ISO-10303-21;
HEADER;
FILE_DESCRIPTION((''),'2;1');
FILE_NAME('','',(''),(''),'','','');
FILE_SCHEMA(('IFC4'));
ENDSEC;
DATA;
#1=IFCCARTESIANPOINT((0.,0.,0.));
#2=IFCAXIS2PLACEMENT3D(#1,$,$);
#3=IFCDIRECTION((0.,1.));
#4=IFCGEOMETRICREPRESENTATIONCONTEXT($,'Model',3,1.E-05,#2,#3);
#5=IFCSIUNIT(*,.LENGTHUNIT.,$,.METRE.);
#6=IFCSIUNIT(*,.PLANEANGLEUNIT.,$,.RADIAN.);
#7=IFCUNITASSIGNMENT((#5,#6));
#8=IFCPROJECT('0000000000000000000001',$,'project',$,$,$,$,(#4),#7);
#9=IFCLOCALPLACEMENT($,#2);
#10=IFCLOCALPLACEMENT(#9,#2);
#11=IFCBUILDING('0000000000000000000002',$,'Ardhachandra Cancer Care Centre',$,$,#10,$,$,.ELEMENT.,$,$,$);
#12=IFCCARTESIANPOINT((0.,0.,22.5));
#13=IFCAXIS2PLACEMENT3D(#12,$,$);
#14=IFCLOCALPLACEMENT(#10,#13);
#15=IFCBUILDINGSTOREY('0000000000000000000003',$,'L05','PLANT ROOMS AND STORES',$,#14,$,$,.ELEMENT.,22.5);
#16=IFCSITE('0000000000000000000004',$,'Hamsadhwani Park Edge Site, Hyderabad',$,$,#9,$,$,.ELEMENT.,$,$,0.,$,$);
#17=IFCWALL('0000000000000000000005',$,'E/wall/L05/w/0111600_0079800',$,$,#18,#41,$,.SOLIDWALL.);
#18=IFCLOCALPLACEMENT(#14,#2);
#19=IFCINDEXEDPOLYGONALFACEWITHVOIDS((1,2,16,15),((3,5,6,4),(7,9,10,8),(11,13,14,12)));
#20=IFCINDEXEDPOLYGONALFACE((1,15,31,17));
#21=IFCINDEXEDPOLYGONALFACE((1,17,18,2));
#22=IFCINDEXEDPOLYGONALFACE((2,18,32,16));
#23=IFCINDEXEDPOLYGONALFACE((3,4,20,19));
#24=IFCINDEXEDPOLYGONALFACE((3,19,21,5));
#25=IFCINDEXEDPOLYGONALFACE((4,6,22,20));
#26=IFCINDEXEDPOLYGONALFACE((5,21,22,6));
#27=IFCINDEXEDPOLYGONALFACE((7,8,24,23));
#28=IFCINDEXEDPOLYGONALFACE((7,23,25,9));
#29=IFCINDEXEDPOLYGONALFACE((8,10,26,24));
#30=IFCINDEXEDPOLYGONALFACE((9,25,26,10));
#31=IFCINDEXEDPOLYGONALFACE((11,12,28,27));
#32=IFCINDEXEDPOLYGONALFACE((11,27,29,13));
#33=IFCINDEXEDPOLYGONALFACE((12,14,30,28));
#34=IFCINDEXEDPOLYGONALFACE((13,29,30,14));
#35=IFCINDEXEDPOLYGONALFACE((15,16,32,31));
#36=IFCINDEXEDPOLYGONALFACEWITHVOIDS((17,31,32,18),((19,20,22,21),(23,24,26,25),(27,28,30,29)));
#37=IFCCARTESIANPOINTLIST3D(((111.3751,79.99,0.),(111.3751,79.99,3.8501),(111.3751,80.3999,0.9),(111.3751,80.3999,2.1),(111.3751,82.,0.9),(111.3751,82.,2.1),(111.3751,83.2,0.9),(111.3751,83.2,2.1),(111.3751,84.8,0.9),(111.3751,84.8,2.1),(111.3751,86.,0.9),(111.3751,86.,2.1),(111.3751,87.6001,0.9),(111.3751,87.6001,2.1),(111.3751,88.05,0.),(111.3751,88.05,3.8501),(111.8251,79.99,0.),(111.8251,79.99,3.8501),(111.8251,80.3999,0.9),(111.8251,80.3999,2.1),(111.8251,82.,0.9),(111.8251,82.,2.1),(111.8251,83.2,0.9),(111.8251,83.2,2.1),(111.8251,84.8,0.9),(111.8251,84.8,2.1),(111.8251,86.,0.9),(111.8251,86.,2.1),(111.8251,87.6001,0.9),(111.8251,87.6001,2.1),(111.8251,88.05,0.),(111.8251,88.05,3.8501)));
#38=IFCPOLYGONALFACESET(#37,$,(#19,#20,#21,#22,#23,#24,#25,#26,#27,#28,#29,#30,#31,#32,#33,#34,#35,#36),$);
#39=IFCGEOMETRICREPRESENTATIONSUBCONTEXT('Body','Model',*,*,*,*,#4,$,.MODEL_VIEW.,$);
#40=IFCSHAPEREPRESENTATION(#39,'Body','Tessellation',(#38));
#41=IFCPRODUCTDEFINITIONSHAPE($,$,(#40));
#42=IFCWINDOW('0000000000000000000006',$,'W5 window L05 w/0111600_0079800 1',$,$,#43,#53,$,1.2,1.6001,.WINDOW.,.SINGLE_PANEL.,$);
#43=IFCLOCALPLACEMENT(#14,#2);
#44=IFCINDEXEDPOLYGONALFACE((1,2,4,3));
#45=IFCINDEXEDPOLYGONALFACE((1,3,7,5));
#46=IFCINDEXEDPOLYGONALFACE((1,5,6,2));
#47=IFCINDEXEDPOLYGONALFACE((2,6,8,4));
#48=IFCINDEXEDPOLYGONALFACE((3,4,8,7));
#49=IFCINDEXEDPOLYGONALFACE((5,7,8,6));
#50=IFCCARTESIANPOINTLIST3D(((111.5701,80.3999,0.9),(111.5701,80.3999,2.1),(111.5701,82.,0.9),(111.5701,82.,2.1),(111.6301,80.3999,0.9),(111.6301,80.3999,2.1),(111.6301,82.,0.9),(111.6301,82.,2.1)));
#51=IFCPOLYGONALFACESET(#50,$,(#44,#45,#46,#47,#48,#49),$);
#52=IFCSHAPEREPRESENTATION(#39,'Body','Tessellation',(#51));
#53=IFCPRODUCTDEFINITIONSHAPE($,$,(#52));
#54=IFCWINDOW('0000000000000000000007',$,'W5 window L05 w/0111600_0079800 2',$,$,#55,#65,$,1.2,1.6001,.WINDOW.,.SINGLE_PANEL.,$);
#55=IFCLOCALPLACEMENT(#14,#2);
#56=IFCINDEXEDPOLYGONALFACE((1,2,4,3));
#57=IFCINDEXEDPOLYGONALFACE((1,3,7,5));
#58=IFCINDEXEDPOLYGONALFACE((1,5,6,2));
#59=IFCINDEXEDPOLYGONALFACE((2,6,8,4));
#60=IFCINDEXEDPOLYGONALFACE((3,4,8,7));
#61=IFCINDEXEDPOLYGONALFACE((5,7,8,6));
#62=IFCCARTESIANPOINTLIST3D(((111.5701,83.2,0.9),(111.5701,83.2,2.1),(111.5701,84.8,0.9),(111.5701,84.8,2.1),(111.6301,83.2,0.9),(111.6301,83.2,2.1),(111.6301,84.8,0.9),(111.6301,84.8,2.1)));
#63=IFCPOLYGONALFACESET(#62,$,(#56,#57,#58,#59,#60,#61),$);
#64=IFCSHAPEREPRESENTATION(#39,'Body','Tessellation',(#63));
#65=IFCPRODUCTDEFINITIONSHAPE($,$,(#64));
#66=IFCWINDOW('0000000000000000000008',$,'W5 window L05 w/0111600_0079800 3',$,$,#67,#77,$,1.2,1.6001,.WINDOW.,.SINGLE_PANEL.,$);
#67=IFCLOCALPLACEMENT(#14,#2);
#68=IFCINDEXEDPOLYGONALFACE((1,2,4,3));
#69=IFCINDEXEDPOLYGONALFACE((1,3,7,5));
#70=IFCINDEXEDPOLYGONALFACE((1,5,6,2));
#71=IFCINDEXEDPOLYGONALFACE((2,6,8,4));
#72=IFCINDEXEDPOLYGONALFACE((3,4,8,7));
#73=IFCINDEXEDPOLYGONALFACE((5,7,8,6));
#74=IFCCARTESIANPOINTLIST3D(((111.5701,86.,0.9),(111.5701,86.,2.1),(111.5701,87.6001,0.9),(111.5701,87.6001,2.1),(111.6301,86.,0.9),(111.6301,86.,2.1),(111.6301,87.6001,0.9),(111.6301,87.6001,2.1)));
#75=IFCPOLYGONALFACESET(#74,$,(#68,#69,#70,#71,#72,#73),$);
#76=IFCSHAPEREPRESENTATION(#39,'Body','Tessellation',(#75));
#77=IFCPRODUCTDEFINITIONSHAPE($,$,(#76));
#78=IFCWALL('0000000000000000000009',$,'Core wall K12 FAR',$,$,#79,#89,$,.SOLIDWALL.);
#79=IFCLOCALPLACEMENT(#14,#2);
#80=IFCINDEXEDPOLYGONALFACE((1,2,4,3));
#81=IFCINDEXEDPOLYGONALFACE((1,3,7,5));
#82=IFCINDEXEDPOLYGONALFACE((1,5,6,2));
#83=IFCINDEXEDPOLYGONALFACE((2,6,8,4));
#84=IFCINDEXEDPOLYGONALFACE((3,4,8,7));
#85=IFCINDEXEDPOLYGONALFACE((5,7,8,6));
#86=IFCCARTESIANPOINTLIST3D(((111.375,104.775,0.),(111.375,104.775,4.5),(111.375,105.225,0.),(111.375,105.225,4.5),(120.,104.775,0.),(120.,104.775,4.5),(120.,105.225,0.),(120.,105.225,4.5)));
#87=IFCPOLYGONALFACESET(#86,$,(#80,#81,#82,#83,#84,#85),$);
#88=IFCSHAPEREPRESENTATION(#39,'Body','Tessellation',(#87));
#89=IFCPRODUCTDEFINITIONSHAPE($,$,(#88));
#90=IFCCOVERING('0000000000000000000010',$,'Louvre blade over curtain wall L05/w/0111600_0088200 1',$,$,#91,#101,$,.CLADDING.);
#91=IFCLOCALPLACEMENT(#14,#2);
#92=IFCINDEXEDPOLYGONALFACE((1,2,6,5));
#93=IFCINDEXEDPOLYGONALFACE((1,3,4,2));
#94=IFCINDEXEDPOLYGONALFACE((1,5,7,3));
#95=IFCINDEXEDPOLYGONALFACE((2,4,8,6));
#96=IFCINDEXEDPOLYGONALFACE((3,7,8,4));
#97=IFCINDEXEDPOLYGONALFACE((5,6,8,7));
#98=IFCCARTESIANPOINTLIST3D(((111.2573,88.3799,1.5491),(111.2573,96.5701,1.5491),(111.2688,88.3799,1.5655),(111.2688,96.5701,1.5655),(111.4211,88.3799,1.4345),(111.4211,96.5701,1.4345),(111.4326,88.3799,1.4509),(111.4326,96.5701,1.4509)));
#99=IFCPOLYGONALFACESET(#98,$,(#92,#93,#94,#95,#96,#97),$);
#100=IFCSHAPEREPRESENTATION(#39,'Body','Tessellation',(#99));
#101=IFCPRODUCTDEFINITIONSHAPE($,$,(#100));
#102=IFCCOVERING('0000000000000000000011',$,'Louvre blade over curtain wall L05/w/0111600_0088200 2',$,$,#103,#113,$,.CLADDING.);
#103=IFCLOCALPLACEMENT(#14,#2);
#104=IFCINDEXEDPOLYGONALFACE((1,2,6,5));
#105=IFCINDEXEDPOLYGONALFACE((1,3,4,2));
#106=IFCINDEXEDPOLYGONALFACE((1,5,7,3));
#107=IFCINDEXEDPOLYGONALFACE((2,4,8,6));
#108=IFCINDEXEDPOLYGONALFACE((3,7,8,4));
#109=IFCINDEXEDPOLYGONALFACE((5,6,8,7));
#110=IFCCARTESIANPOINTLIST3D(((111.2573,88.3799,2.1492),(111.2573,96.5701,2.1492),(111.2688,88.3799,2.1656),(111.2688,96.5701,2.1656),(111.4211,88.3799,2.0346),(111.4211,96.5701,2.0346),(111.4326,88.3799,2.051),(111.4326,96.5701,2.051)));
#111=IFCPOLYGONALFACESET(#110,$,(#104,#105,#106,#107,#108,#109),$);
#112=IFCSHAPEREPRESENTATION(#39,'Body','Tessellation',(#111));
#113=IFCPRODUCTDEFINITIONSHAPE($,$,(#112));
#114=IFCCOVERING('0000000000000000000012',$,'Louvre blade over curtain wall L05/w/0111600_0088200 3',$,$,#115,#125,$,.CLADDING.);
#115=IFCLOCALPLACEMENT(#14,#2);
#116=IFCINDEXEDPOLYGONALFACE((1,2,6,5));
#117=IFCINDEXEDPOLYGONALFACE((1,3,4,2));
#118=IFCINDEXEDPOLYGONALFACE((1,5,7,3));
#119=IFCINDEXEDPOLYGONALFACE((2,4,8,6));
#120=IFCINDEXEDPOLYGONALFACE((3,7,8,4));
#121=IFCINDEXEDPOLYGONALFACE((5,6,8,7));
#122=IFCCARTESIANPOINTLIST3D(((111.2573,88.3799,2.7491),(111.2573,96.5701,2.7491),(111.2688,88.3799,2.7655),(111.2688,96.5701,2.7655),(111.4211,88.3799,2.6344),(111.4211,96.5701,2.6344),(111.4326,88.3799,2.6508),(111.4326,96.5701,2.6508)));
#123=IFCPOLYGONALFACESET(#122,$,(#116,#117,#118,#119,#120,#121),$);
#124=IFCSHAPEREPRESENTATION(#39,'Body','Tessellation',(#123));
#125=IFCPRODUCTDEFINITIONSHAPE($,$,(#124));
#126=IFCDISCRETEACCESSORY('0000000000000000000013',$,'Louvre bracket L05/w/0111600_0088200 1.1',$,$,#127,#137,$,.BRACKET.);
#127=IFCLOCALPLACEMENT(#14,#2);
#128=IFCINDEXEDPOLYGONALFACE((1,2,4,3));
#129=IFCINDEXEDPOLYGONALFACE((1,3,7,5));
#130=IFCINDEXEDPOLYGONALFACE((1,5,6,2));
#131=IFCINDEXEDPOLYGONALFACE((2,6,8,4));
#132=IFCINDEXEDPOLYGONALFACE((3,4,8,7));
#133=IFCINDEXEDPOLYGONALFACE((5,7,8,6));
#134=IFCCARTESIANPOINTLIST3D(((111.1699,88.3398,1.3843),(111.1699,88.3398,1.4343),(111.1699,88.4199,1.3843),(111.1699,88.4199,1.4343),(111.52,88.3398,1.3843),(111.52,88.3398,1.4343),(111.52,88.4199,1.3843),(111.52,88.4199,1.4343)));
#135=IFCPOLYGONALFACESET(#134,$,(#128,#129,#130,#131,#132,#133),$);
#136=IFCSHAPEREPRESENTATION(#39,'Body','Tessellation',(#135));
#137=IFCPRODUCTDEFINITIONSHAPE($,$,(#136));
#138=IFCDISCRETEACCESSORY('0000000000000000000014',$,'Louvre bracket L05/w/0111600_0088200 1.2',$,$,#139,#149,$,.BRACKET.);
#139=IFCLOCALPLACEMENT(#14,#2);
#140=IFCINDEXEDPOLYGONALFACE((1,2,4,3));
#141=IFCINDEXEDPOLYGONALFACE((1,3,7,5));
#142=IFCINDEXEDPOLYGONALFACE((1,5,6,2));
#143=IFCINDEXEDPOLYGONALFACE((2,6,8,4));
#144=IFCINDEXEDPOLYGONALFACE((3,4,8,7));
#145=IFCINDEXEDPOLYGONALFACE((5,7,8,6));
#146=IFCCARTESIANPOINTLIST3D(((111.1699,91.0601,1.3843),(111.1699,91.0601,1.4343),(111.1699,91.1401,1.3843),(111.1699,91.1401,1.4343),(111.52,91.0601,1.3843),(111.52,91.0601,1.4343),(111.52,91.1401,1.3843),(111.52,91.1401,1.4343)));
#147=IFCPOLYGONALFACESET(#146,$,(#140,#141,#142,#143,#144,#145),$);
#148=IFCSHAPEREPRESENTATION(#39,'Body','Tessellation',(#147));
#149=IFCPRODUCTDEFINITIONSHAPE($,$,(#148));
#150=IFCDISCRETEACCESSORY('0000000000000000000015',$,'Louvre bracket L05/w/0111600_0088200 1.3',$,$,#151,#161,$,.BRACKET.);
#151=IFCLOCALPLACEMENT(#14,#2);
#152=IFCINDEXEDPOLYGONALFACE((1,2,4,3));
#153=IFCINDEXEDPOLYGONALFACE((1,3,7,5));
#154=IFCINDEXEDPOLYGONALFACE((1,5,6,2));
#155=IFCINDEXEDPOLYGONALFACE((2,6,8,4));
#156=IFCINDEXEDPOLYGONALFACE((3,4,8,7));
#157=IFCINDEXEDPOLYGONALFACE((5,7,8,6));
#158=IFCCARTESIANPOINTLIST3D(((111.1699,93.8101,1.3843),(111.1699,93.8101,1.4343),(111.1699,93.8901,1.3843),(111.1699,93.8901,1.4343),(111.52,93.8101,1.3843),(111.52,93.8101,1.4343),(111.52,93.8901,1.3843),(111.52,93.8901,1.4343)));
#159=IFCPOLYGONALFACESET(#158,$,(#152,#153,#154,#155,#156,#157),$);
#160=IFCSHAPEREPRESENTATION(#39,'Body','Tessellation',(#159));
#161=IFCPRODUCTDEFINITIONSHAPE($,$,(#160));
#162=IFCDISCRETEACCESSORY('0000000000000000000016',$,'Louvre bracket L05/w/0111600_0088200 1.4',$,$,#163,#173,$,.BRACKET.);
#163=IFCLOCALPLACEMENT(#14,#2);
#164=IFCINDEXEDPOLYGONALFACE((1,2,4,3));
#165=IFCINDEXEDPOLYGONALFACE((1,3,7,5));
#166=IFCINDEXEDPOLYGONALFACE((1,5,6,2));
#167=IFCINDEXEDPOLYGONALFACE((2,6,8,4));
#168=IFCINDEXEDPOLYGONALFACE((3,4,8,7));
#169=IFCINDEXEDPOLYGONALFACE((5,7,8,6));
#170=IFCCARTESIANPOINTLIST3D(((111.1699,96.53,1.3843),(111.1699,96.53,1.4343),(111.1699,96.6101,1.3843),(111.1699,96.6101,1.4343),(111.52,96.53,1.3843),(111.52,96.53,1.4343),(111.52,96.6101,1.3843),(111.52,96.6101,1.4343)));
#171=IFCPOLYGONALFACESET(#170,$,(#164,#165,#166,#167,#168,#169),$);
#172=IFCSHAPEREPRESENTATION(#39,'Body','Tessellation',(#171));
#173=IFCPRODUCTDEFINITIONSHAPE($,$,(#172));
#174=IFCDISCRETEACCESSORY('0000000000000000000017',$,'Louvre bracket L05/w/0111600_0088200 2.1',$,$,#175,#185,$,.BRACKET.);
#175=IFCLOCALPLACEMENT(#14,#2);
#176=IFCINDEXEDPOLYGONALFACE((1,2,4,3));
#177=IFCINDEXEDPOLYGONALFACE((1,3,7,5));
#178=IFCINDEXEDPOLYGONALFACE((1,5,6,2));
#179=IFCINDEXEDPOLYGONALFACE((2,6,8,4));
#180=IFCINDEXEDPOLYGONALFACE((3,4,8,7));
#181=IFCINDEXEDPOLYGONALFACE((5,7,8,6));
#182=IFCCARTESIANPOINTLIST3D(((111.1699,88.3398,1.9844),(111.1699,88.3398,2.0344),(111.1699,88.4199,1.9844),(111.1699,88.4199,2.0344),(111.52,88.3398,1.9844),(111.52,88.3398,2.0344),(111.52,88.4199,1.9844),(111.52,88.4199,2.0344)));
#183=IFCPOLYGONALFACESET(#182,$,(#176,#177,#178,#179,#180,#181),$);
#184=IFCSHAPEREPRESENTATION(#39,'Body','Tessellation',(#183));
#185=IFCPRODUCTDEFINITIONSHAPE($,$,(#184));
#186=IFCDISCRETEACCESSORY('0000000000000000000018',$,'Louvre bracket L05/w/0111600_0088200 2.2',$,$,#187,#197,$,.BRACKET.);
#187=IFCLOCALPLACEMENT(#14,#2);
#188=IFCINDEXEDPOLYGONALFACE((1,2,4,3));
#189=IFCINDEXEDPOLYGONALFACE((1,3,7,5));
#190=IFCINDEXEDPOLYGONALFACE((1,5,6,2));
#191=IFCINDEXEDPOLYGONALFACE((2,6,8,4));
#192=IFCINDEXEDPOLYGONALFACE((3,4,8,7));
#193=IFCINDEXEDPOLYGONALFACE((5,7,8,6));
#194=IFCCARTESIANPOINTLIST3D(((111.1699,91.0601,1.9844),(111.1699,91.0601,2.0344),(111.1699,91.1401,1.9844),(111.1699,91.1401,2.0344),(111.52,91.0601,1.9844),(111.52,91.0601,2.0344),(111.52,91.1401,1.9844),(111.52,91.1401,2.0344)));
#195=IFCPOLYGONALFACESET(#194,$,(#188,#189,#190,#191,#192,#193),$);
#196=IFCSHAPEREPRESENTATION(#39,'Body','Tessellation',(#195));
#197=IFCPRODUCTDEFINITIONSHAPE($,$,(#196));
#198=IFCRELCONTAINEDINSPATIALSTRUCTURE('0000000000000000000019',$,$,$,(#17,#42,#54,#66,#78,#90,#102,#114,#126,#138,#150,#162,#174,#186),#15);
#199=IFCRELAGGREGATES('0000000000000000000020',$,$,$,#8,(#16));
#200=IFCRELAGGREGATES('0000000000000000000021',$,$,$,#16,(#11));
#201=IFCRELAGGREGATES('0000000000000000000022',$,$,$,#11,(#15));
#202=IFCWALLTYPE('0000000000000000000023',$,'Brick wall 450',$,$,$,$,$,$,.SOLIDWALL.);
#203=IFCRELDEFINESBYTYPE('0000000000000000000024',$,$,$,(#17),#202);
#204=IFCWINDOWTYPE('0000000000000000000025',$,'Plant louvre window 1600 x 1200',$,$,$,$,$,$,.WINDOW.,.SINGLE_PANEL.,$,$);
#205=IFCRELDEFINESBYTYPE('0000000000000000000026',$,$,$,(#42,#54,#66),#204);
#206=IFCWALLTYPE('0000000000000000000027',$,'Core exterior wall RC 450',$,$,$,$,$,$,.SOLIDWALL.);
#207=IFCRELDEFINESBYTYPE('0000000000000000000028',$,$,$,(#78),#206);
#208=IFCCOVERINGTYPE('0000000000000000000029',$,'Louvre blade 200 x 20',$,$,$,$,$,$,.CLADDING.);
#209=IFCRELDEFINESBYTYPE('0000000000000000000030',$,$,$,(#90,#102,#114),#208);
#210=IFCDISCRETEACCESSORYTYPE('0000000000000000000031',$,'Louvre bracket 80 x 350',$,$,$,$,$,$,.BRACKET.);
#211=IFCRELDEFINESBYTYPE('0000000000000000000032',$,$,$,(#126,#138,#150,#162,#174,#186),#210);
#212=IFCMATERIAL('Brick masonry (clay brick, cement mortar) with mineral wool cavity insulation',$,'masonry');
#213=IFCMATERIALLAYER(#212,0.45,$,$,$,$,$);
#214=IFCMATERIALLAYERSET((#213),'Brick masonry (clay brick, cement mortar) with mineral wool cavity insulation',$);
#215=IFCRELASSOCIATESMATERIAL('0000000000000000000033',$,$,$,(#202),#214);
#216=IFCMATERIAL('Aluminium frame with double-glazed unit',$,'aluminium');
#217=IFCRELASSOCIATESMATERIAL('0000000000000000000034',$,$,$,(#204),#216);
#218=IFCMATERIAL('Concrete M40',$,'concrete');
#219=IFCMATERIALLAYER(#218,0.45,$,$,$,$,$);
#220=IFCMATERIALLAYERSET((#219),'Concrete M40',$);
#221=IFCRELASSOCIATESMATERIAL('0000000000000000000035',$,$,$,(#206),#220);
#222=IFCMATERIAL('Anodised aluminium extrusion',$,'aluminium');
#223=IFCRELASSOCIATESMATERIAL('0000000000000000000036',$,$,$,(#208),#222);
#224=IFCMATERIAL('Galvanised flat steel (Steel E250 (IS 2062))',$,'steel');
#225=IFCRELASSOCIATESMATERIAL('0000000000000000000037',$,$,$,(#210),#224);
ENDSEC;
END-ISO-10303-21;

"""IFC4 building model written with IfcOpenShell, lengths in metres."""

from ifc_helpers import new_model, si_unit, direction, frame, frame_2d, origin, origin_2d, place, context, subcontext, project, spatial, rectangle, extrude, material, layer, layer_set, material_profile, profile_set, type_object, element, fill, save


model = new_model("IFC4")

# Units and contexts
model_context = context("Model", 3, precision=1e-05, world=origin(), true_north=direction((0.0, 1.0)))
body_context = subcontext(model_context, "Body", "Model", "MODEL_VIEW")
ifc_project = project(units=[si_unit("LENGTHUNIT", "METRE"), si_unit("PLANEANGLEUNIT", "RADIAN")], contexts=[model_context])

# Site, building, storey
site_placement = place(None, origin())
site = spatial("IfcSite", under=ifc_project, at=site_placement, Name="Hamsadhwani Park Edge Site, Hyderabad", CompositionType="ELEMENT", RefElevation=0.0)
building_placement = place(site_placement, origin())
building = spatial("IfcBuilding", under=site, at=building_placement, Name="Ardhachandra Cancer Care Centre", CompositionType="ELEMENT")
storey_placement = place(building_placement, frame((0.0, 0.0, 22.5)))
storey = spatial("IfcBuildingStorey", under=building, at=storey_placement, Name="L05", Description="PLANT ROOMS AND STORES", CompositionType="ELEMENT", Elevation=22.5)

# Wall, openings, windows
ifc_material_1 = material(Name="Brick masonry (clay brick, cement mortar) with mineral wool cavity insulation", Category="masonry")
ifc_layer_1 = layer(ifc_material_1, 0.45)
ifc_layer_set_1 = layer_set([ifc_layer_1], Name="Brick masonry (clay brick, cement mortar) with mineral wool cavity insulation")
wall_type_1 = type_object("IfcWallType", Name="Brick wall 450", PredefinedType="SOLIDWALL", material=ifc_layer_set_1)
wall_1_placement = place(storey_placement, frame((111.6001, 79.99, 0.0), z_axis=(0.0, 0.0, 1.0), x_axis=(0.0, 1.0, 0.0)))
wall_1 = element("IfcWall", 1, at=wall_1_placement, inside=storey, type_object=wall_type_1, Name="E/wall/L05/w/0111600_0079800", PredefinedType="SOLIDWALL", context=body_context, shape_type="SweptSolid", body=[
    extrude(rectangle(XDim=8.0601, YDim=0.45, at=frame_2d((4.03, 0.0))), origin(), (0.0, 0.0, 1.0), 3.8501),
])
opening_1_placement = place(wall_1_placement, frame((0.4099, 0.0, 0.8999)))
opening_1 = element("IfcOpeningElement", 2, at=opening_1_placement, cuts=wall_1, PredefinedType="OPENING", context=body_context, shape_type="SweptSolid", body=[
    extrude(rectangle(XDim=1.6001, YDim=1.2, at=frame_2d((0.8, 0.6001))), frame((0.0, 0.2349, 0.0), z_axis=(0.0, -1.0, 0.0), x_axis=(1.0, 0.0, 0.0)), (0.0, 0.0, 1.0), 0.47),
])
opening_2_placement = place(wall_1_placement, frame((3.21, 0.0, 0.8999)))
opening_2 = element("IfcOpeningElement", 3, at=opening_2_placement, cuts=wall_1, PredefinedType="OPENING", context=body_context, shape_type="SweptSolid", body=[
    extrude(rectangle(XDim=1.6001, YDim=1.2, at=frame_2d((0.8, 0.6001))), frame((0.0, 0.2349, 0.0), z_axis=(0.0, -1.0, 0.0), x_axis=(1.0, 0.0, 0.0)), (0.0, 0.0, 1.0), 0.47),
])
opening_3_placement = place(wall_1_placement, frame((6.01, 0.0, 0.8999)))
opening_3 = element("IfcOpeningElement", 4, at=opening_3_placement, cuts=wall_1, PredefinedType="OPENING", context=body_context, shape_type="SweptSolid", body=[
    extrude(rectangle(XDim=1.6001, YDim=1.2, at=frame_2d((0.8, 0.6001))), frame((0.0, 0.2349, 0.0), z_axis=(0.0, -1.0, 0.0), x_axis=(1.0, 0.0, 0.0)), (0.0, 0.0, 1.0), 0.47),
])
ifc_material_2 = material(Name="Aluminium frame with double-glazed unit", Category="aluminium")
window_type = type_object("IfcWindowType", Name="Plant louvre window 1600 x 1200", PartitioningType="SINGLE_PANEL", PredefinedType="WINDOW", material=ifc_material_2)
window_1_placement = place(opening_1_placement, origin())
window_1 = element("IfcWindow", 5, at=window_1_placement, inside=storey, type_object=window_type, Name="W5 window L05 w/0111600_0079800 1", OverallHeight=1.2, OverallWidth=1.6001, PartitioningType="SINGLE_PANEL", PredefinedType="WINDOW", context=body_context, shape_type="SweptSolid", body=[
    extrude(rectangle(XDim=1.6001, YDim=1.2, at=frame_2d((0.8, 0.6001))), frame((0.0, 0.03, 0.0), z_axis=(0.0, -1.0, 0.0), x_axis=(1.0, 0.0, 0.0)), (0.0, 0.0, 1.0), 0.0601),
])
fill(opening_1, window_1)
window_2_placement = place(opening_2_placement, origin())
window_2 = element("IfcWindow", 6, at=window_2_placement, inside=storey, type_object=window_type, Name="W5 window L05 w/0111600_0079800 2", OverallHeight=1.2, OverallWidth=1.6001, PartitioningType="SINGLE_PANEL", PredefinedType="WINDOW", context=body_context, shape_type="SweptSolid", body=[
    extrude(rectangle(XDim=1.6001, YDim=1.2, at=frame_2d((0.8, 0.6001))), frame((0.0, 0.03, 0.0), z_axis=(0.0, -1.0, 0.0), x_axis=(1.0, 0.0, 0.0)), (0.0, 0.0, 1.0), 0.0601),
])
fill(opening_2, window_2)
window_3_placement = place(opening_3_placement, origin())
window_3 = element("IfcWindow", 7, at=window_3_placement, inside=storey, type_object=window_type, Name="W5 window L05 w/0111600_0079800 3", OverallHeight=1.2, OverallWidth=1.6001, PartitioningType="SINGLE_PANEL", PredefinedType="WINDOW", context=body_context, shape_type="SweptSolid", body=[
    extrude(rectangle(XDim=1.6001, YDim=1.2, at=frame_2d((0.8, 0.6001))), frame((0.0, 0.03, 0.0), z_axis=(0.0, -1.0, 0.0), x_axis=(1.0, 0.0, 0.0)), (0.0, 0.0, 1.0), 0.0601),
])
fill(opening_3, window_3)

# Wall
ifc_material_3 = material(Name="Concrete M40", Category="concrete")
ifc_layer_2 = layer(ifc_material_3, 0.45)
ifc_layer_set_2 = layer_set([ifc_layer_2], Name="Concrete M40")
wall_type_2 = type_object("IfcWallType", Name="Core exterior wall RC 450", PredefinedType="SOLIDWALL", material=ifc_layer_set_2)
wall_2_placement = place(storey_placement, frame((111.375, 105.0, 0.0), z_axis=(0.0, 0.0, 1.0), x_axis=(1.0, 0.0, 0.0)))
element("IfcWall", 8, at=wall_2_placement, inside=storey, type_object=wall_type_2, Name="Core wall K12 FAR", PredefinedType="SOLIDWALL", context=body_context, shape_type="SweptSolid", body=[
    extrude(rectangle(XDim=8.625, YDim=0.45, at=frame_2d((4.3125, 0.0))), origin(), (0.0, 0.0, 1.0), 4.5),
])

# Coverings
ifc_material_4 = material(Name="Anodised aluminium extrusion", Category="aluminium")
ifc_material_profile_1 = material_profile(ifc_material_4, rectangle(XDim=0.2, YDim=0.02, at=origin_2d()), Name="Louvre blade 200 x 20")
ifc_profile_set_1 = profile_set([ifc_material_profile_1], Name="Anodised aluminium extrusion")
covering_type = type_object("IfcCoveringType", Name="Louvre blade 200 x 20", PredefinedType="CLADDING", material=ifc_profile_set_1)
for number, where, z_axis, x_axis, name in (
    (9, (111.345, 88.3799, 1.5), (0.0, 1.0, 0.0), (-0.819152, 0.0, 0.573576), "Louvre blade over curtain wall L05/w/0111600_0088200 1"),
    (10, (111.345, 88.3799, 2.1001), (0.0, 1.0, 0.0), (-0.819152, 0.0, 0.573576), "Louvre blade over curtain wall L05/w/0111600_0088200 2"),
    (11, (111.345, 88.3799, 2.7), (0.0, 1.0, 0.0), (-0.819152, 0.0, 0.573576), "Louvre blade over curtain wall L05/w/0111600_0088200 3"),
):
    element("IfcCovering", number, at=place(storey_placement, frame(where, z_axis=z_axis, x_axis=x_axis)), inside=storey, type_object=covering_type, Name=name, PredefinedType="CLADDING", context=body_context, shape_type="SweptSolid", body=[
        extrude(rectangle(XDim=0.2, YDim=0.02, at=origin_2d()), origin(), (0.0, 0.0, 1.0), 8.1902),
    ])

# Discrete accessories
ifc_material_5 = material(Name="Galvanised flat steel (Steel E250 (IS 2062))", Category="steel")
discrete_accessory_type = type_object("IfcDiscreteAccessoryType", Name="Louvre bracket 80 x 350", PredefinedType="BRACKET", material=ifc_material_5)
for number, where, z_axis, x_axis, name in (
    (12, (111.345, 88.3799, 1.3843), (0.0, 0.0, 1.0), (0.0, 1.0, 0.0), "Louvre bracket L05/w/0111600_0088200 1.1"),
    (13, (111.345, 91.1001, 1.3843), (0.0, 0.0, 1.0), (0.0, 1.0, 0.0), "Louvre bracket L05/w/0111600_0088200 1.2"),
    (14, (111.345, 93.8501, 1.3843), (0.0, 0.0, 1.0), (0.0, 1.0, 0.0), "Louvre bracket L05/w/0111600_0088200 1.3"),
    (15, (111.345, 96.5701, 1.3843), (0.0, 0.0, 1.0), (0.0, 1.0, 0.0), "Louvre bracket L05/w/0111600_0088200 1.4"),
    (16, (111.345, 88.3799, 1.9844), (0.0, 0.0, 1.0), (0.0, 1.0, 0.0), "Louvre bracket L05/w/0111600_0088200 2.1"),
    (17, (111.345, 91.1001, 1.9844), (0.0, 0.0, 1.0), (0.0, 1.0, 0.0), "Louvre bracket L05/w/0111600_0088200 2.2"),
):
    element("IfcDiscreteAccessory", number, at=place(storey_placement, frame(where, z_axis=z_axis, x_axis=x_axis)), inside=storey, type_object=discrete_accessory_type, Name=name, PredefinedType="BRACKET", context=body_context, shape_type="SweptSolid", body=[
        extrude(rectangle(XDim=0.0801, YDim=0.3501, at=origin_2d()), origin(), (0.0, 0.0, 1.0), 0.05),
    ])

save(model, "model.ifc")
